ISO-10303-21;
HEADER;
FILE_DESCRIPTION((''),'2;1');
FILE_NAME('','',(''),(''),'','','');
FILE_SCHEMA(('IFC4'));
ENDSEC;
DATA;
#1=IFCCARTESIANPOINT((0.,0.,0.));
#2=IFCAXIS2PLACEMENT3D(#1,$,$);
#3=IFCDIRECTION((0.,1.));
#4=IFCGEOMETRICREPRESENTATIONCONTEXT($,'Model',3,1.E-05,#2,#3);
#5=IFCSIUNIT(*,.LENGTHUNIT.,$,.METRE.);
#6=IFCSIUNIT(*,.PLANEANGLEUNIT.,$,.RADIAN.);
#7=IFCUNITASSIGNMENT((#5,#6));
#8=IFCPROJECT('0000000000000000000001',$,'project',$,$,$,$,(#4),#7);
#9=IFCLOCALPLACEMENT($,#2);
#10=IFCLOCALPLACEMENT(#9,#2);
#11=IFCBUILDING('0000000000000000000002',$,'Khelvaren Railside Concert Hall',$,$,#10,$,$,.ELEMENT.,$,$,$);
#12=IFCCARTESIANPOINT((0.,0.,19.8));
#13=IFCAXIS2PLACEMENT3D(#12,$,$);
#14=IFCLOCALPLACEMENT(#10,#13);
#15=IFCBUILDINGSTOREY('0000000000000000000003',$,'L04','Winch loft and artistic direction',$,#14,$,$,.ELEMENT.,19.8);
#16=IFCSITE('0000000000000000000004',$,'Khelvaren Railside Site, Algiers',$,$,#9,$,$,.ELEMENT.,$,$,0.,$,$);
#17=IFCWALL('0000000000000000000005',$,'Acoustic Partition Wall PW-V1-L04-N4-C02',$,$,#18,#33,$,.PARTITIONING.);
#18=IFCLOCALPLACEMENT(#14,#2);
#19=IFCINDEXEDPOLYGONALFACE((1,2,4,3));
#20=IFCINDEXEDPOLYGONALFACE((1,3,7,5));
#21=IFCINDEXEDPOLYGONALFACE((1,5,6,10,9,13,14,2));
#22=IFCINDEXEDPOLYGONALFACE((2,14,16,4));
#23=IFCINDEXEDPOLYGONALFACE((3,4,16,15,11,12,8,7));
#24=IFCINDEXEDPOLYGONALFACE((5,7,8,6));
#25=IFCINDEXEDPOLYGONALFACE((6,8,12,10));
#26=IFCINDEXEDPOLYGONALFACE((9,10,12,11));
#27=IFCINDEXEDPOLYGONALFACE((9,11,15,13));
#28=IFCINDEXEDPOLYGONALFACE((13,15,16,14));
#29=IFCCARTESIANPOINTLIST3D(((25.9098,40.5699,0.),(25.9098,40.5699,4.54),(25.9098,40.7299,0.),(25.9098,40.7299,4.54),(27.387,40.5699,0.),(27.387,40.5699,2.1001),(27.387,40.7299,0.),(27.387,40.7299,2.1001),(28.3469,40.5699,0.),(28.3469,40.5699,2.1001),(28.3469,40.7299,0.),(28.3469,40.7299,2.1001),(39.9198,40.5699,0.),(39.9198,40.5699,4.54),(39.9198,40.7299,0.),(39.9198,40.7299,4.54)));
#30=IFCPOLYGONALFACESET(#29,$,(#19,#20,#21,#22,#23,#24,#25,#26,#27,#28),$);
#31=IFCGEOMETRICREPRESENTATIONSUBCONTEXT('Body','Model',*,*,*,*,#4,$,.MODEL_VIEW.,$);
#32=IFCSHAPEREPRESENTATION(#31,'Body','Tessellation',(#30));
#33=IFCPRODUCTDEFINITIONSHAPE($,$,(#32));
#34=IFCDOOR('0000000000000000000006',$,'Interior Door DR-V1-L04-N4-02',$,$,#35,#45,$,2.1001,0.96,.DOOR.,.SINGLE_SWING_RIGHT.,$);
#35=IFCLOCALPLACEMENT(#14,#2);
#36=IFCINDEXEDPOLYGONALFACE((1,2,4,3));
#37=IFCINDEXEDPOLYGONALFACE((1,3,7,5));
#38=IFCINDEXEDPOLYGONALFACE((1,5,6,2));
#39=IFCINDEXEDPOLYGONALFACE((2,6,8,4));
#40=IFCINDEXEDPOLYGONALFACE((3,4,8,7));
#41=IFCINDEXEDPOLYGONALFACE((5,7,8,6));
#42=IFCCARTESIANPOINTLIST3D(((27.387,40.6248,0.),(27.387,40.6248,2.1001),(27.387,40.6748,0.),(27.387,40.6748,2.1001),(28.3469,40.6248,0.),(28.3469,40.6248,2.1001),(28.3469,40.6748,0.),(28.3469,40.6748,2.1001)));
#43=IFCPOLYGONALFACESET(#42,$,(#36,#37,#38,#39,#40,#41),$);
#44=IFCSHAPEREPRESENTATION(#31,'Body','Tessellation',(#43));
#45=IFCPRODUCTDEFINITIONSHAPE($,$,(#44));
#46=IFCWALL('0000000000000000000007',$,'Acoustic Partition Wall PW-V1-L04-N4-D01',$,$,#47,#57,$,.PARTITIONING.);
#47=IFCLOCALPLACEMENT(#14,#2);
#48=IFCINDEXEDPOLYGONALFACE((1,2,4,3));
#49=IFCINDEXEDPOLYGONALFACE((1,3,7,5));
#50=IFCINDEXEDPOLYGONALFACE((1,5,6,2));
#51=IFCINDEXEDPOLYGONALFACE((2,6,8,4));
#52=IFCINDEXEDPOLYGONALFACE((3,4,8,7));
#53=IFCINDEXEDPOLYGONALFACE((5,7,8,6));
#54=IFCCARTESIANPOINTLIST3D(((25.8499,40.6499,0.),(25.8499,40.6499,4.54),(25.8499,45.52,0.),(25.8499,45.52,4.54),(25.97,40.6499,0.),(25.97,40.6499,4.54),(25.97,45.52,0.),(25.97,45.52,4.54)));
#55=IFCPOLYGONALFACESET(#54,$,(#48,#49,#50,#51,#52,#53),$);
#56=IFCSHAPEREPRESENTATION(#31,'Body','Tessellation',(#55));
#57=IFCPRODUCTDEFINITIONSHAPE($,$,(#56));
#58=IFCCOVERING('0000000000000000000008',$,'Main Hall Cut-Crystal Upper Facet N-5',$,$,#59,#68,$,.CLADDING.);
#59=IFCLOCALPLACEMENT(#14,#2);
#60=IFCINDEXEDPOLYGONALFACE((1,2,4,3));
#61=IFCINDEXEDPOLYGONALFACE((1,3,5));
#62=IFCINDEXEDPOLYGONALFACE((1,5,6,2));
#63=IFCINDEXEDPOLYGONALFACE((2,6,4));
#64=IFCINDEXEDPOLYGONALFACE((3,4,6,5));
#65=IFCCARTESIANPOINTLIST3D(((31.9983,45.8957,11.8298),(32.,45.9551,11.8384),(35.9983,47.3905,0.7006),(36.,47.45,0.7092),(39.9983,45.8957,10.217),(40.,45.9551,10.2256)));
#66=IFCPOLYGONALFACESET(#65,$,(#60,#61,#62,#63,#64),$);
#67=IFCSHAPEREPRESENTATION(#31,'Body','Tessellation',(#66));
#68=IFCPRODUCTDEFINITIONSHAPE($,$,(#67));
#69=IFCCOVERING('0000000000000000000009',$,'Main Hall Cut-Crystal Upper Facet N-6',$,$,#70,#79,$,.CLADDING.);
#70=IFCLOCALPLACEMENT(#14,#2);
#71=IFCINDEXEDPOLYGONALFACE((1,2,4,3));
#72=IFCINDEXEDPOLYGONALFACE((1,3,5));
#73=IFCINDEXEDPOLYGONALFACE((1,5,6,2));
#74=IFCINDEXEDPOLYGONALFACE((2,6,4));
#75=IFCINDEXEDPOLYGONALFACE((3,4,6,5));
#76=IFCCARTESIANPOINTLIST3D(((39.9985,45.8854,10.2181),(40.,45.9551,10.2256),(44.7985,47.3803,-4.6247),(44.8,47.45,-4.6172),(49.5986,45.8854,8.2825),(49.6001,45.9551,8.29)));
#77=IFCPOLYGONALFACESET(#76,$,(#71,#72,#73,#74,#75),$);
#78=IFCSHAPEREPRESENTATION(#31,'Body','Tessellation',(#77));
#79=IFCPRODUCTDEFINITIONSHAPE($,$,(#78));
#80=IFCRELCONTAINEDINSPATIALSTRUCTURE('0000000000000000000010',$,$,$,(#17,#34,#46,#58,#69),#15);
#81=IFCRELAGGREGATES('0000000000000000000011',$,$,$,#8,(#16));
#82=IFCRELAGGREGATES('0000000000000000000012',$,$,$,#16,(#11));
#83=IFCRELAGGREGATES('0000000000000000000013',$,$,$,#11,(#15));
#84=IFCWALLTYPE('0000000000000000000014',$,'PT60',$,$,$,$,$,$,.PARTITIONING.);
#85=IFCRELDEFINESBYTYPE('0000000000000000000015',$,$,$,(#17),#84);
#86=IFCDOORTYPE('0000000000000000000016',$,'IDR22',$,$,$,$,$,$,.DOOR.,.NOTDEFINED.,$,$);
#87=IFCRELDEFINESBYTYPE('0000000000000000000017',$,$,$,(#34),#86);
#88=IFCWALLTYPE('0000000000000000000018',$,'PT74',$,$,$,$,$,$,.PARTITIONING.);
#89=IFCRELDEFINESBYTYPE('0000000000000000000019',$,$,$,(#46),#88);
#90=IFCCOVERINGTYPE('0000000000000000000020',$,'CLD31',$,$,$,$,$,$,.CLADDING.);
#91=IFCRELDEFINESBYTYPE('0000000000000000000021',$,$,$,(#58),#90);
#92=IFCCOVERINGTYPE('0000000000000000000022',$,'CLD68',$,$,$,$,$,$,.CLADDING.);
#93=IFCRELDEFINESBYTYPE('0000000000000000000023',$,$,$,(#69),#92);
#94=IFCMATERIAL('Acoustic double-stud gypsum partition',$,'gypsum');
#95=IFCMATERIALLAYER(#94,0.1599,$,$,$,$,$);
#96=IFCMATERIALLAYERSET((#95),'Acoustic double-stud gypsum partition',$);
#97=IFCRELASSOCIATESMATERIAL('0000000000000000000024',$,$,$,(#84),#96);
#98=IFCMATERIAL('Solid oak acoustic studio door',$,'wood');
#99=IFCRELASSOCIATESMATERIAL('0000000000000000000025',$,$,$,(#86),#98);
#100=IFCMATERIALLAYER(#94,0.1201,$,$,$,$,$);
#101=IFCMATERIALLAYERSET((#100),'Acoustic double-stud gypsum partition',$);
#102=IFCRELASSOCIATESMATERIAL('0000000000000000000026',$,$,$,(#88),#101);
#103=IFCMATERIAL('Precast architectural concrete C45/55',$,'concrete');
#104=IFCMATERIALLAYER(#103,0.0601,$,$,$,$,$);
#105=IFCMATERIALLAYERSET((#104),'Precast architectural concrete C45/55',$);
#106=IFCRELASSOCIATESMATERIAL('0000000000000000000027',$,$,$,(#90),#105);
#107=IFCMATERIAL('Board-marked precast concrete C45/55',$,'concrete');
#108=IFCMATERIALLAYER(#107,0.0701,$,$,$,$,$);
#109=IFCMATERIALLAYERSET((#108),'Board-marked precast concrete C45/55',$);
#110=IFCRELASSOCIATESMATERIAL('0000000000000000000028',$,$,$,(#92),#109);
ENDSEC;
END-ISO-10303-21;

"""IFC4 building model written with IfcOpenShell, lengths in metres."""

from ifc_helpers import new_model, si_unit, direction, frame, frame_2d, origin, place, context, subcontext, project, spatial, polyline, rectangle, outline, extrude, material, layer, layer_set, type_object, element, fill, save


model = new_model("IFC4")

# Units and contexts
model_context = context("Model", 3, precision=1e-05, world=origin(), true_north=direction((0.0, 1.0)))
body_context = subcontext(model_context, "Body", "Model", "MODEL_VIEW")
ifc_project = project(units=[si_unit("LENGTHUNIT", "METRE"), si_unit("PLANEANGLEUNIT", "RADIAN")], contexts=[model_context])

# Site, building, storey
site_placement = place(None, origin())
site = spatial("IfcSite", under=ifc_project, at=site_placement, Name="Khelvaren Railside Site, Algiers", CompositionType="ELEMENT", RefElevation=0.0)
building_placement = place(site_placement, origin())
building = spatial("IfcBuilding", under=site, at=building_placement, Name="Khelvaren Railside Concert Hall", CompositionType="ELEMENT")
storey_placement = place(building_placement, frame((0.0, 0.0, 19.8)))
storey = spatial("IfcBuildingStorey", under=building, at=storey_placement, Name="L04", Description="Winch loft and artistic direction", CompositionType="ELEMENT", Elevation=19.8)

# Wall, opening, door
ifc_material_1 = material(Name="Acoustic double-stud gypsum partition", Category="gypsum")
ifc_material_2 = material(Name="Solid oak acoustic studio door", Category="wood")
ifc_layer_1 = layer(ifc_material_1, 0.1599)
ifc_layer_set_1 = layer_set([ifc_layer_1], Name="Acoustic double-stud gypsum partition")
wall_type_1 = type_object("IfcWallType", Name="PT60", PredefinedType="PARTITIONING", material=ifc_layer_set_1)
wall_1_placement = place(storey_placement, frame((25.9099, 40.6499, 0.0), z_axis=(0.0, 0.0, 1.0), x_axis=(1.0, 0.0, 0.0)))
wall_1 = element("IfcWall", 1, at=wall_1_placement, inside=storey, type_object=wall_type_1, Name="Acoustic Partition Wall PW-V1-L04-N4-C02", PredefinedType="PARTITIONING", context=body_context, shape_type="SweptSolid", body=[
    extrude(rectangle(XDim=14.01, YDim=0.1599, at=frame_2d((7.0049, 0.0))), origin(), (0.0, 0.0, 1.0), 4.54),
])
opening_1_placement = place(wall_1_placement, frame((1.4771, 0.0, 0.0)))
opening_1 = element("IfcOpeningElement", 2, at=opening_1_placement, cuts=wall_1, PredefinedType="OPENING", context=body_context, shape_type="SweptSolid", body=[
    extrude(rectangle(XDim=0.96, YDim=2.1001, at=frame_2d((0.48, 1.05))), frame((0.0, 0.0898, 0.0), z_axis=(0.0, -1.0, 0.0), x_axis=(1.0, 0.0, 0.0)), (0.0, 0.0, 1.0), 0.1799),
])
door_type_1 = type_object("IfcDoorType", Name="IDR22", OperationType="NOTDEFINED", PredefinedType="DOOR", material=ifc_material_2)
door_1_placement = place(opening_1_placement, origin())
door_1 = element("IfcDoor", 3, at=door_1_placement, inside=storey, type_object=door_type_1, Name="Interior Door DR-V1-L04-N4-02", OperationType="SINGLE_SWING_RIGHT", OverallHeight=2.1001, OverallWidth=0.96, PredefinedType="DOOR", context=body_context, shape_type="SweptSolid", body=[
    extrude(rectangle(XDim=0.96, YDim=2.1001, at=frame_2d((0.48, 1.05))), frame((0.0, 0.0249, 0.0), z_axis=(0.0, -1.0, 0.0), x_axis=(1.0, 0.0, 0.0)), (0.0, 0.0, 1.0), 0.05),
])
fill(opening_1, door_1)

# Wall
ifc_layer_2 = layer(ifc_material_1, 0.1201)
ifc_layer_set_2 = layer_set([ifc_layer_2], Name="Acoustic double-stud gypsum partition")
wall_type_2 = type_object("IfcWallType", Name="PT74", PredefinedType="PARTITIONING", material=ifc_layer_set_2)
wall_2_placement = place(storey_placement, frame((25.9099, 40.6499, 0.0), z_axis=(0.0, 0.0, 1.0), x_axis=(0.0, 1.0, 0.0)))
element("IfcWall", 4, at=wall_2_placement, inside=storey, type_object=wall_type_2, Name="Acoustic Partition Wall PW-V1-L04-N4-D01", PredefinedType="PARTITIONING", context=body_context, shape_type="SweptSolid", body=[
    extrude(rectangle(XDim=4.8701, YDim=0.1201, at=frame_2d((2.4351, 0.0))), origin(), (0.0, 0.0, 1.0), 4.54),
])

# Coverings
ifc_material_3 = material(Name="Precast architectural concrete C45/55", Category="concrete")
ifc_layer_3 = layer(ifc_material_3, 0.0601)
ifc_layer_set_3 = layer_set([ifc_layer_3], Name="Precast architectural concrete C45/55")
covering_type_1 = type_object("IfcCoveringType", Name="CLD31", PredefinedType="CLADDING", material=ifc_layer_set_3)
covering_1_placement = place(storey_placement, frame((32.0, 45.9551, 11.8384), z_axis=(0.028881, 0.989264, 0.143259), x_axis=(0.980278, 0.0, -0.197623)))
element("IfcCovering", 5, at=covering_1_placement, inside=storey, type_object=covering_type_1, Name="Main Hall Cut-Crystal Upper Facet N-5", PredefinedType="CLADDING", context=body_context, shape_type="SweptSolid", body=[
    extrude(outline(polyline([(0.0, 0.0), (8.1609, 0.0), (6.1205, 10.229), (0.0, 0.0)])), origin(), (0.0, 0.0, -1.0), 0.0601),
])
ifc_material_4 = material(Name="Board-marked precast concrete C45/55", Category="concrete")
ifc_layer_4 = layer(ifc_material_4, 0.0701)
ifc_layer_set_4 = layer_set([ifc_layer_4], Name="Board-marked precast concrete C45/55")
covering_type_2 = type_object("IfcCoveringType", Name="CLD68", PredefinedType="CLADDING", material=ifc_layer_set_4)
covering_2_placement = place(storey_placement, frame((40.0, 45.9551, 10.2256), z_axis=(0.021592, 0.994014, 0.107094), x_axis=(0.980275, 0.0, -0.19764)))
element("IfcCovering", 6, at=covering_2_placement, inside=storey, type_object=covering_type_2, Name="Main Hall Cut-Crystal Upper Facet N-6", PredefinedType="CLADDING", context=body_context, shape_type="SweptSolid", body=[
    extrude(outline(polyline([(0.0, 0.0), (9.7933, 0.0), (7.6389, 13.6832), (0.0, 0.0)])), origin(), (0.0, 0.0, -1.0), 0.0701),
])

save(model, "model.ifc")
